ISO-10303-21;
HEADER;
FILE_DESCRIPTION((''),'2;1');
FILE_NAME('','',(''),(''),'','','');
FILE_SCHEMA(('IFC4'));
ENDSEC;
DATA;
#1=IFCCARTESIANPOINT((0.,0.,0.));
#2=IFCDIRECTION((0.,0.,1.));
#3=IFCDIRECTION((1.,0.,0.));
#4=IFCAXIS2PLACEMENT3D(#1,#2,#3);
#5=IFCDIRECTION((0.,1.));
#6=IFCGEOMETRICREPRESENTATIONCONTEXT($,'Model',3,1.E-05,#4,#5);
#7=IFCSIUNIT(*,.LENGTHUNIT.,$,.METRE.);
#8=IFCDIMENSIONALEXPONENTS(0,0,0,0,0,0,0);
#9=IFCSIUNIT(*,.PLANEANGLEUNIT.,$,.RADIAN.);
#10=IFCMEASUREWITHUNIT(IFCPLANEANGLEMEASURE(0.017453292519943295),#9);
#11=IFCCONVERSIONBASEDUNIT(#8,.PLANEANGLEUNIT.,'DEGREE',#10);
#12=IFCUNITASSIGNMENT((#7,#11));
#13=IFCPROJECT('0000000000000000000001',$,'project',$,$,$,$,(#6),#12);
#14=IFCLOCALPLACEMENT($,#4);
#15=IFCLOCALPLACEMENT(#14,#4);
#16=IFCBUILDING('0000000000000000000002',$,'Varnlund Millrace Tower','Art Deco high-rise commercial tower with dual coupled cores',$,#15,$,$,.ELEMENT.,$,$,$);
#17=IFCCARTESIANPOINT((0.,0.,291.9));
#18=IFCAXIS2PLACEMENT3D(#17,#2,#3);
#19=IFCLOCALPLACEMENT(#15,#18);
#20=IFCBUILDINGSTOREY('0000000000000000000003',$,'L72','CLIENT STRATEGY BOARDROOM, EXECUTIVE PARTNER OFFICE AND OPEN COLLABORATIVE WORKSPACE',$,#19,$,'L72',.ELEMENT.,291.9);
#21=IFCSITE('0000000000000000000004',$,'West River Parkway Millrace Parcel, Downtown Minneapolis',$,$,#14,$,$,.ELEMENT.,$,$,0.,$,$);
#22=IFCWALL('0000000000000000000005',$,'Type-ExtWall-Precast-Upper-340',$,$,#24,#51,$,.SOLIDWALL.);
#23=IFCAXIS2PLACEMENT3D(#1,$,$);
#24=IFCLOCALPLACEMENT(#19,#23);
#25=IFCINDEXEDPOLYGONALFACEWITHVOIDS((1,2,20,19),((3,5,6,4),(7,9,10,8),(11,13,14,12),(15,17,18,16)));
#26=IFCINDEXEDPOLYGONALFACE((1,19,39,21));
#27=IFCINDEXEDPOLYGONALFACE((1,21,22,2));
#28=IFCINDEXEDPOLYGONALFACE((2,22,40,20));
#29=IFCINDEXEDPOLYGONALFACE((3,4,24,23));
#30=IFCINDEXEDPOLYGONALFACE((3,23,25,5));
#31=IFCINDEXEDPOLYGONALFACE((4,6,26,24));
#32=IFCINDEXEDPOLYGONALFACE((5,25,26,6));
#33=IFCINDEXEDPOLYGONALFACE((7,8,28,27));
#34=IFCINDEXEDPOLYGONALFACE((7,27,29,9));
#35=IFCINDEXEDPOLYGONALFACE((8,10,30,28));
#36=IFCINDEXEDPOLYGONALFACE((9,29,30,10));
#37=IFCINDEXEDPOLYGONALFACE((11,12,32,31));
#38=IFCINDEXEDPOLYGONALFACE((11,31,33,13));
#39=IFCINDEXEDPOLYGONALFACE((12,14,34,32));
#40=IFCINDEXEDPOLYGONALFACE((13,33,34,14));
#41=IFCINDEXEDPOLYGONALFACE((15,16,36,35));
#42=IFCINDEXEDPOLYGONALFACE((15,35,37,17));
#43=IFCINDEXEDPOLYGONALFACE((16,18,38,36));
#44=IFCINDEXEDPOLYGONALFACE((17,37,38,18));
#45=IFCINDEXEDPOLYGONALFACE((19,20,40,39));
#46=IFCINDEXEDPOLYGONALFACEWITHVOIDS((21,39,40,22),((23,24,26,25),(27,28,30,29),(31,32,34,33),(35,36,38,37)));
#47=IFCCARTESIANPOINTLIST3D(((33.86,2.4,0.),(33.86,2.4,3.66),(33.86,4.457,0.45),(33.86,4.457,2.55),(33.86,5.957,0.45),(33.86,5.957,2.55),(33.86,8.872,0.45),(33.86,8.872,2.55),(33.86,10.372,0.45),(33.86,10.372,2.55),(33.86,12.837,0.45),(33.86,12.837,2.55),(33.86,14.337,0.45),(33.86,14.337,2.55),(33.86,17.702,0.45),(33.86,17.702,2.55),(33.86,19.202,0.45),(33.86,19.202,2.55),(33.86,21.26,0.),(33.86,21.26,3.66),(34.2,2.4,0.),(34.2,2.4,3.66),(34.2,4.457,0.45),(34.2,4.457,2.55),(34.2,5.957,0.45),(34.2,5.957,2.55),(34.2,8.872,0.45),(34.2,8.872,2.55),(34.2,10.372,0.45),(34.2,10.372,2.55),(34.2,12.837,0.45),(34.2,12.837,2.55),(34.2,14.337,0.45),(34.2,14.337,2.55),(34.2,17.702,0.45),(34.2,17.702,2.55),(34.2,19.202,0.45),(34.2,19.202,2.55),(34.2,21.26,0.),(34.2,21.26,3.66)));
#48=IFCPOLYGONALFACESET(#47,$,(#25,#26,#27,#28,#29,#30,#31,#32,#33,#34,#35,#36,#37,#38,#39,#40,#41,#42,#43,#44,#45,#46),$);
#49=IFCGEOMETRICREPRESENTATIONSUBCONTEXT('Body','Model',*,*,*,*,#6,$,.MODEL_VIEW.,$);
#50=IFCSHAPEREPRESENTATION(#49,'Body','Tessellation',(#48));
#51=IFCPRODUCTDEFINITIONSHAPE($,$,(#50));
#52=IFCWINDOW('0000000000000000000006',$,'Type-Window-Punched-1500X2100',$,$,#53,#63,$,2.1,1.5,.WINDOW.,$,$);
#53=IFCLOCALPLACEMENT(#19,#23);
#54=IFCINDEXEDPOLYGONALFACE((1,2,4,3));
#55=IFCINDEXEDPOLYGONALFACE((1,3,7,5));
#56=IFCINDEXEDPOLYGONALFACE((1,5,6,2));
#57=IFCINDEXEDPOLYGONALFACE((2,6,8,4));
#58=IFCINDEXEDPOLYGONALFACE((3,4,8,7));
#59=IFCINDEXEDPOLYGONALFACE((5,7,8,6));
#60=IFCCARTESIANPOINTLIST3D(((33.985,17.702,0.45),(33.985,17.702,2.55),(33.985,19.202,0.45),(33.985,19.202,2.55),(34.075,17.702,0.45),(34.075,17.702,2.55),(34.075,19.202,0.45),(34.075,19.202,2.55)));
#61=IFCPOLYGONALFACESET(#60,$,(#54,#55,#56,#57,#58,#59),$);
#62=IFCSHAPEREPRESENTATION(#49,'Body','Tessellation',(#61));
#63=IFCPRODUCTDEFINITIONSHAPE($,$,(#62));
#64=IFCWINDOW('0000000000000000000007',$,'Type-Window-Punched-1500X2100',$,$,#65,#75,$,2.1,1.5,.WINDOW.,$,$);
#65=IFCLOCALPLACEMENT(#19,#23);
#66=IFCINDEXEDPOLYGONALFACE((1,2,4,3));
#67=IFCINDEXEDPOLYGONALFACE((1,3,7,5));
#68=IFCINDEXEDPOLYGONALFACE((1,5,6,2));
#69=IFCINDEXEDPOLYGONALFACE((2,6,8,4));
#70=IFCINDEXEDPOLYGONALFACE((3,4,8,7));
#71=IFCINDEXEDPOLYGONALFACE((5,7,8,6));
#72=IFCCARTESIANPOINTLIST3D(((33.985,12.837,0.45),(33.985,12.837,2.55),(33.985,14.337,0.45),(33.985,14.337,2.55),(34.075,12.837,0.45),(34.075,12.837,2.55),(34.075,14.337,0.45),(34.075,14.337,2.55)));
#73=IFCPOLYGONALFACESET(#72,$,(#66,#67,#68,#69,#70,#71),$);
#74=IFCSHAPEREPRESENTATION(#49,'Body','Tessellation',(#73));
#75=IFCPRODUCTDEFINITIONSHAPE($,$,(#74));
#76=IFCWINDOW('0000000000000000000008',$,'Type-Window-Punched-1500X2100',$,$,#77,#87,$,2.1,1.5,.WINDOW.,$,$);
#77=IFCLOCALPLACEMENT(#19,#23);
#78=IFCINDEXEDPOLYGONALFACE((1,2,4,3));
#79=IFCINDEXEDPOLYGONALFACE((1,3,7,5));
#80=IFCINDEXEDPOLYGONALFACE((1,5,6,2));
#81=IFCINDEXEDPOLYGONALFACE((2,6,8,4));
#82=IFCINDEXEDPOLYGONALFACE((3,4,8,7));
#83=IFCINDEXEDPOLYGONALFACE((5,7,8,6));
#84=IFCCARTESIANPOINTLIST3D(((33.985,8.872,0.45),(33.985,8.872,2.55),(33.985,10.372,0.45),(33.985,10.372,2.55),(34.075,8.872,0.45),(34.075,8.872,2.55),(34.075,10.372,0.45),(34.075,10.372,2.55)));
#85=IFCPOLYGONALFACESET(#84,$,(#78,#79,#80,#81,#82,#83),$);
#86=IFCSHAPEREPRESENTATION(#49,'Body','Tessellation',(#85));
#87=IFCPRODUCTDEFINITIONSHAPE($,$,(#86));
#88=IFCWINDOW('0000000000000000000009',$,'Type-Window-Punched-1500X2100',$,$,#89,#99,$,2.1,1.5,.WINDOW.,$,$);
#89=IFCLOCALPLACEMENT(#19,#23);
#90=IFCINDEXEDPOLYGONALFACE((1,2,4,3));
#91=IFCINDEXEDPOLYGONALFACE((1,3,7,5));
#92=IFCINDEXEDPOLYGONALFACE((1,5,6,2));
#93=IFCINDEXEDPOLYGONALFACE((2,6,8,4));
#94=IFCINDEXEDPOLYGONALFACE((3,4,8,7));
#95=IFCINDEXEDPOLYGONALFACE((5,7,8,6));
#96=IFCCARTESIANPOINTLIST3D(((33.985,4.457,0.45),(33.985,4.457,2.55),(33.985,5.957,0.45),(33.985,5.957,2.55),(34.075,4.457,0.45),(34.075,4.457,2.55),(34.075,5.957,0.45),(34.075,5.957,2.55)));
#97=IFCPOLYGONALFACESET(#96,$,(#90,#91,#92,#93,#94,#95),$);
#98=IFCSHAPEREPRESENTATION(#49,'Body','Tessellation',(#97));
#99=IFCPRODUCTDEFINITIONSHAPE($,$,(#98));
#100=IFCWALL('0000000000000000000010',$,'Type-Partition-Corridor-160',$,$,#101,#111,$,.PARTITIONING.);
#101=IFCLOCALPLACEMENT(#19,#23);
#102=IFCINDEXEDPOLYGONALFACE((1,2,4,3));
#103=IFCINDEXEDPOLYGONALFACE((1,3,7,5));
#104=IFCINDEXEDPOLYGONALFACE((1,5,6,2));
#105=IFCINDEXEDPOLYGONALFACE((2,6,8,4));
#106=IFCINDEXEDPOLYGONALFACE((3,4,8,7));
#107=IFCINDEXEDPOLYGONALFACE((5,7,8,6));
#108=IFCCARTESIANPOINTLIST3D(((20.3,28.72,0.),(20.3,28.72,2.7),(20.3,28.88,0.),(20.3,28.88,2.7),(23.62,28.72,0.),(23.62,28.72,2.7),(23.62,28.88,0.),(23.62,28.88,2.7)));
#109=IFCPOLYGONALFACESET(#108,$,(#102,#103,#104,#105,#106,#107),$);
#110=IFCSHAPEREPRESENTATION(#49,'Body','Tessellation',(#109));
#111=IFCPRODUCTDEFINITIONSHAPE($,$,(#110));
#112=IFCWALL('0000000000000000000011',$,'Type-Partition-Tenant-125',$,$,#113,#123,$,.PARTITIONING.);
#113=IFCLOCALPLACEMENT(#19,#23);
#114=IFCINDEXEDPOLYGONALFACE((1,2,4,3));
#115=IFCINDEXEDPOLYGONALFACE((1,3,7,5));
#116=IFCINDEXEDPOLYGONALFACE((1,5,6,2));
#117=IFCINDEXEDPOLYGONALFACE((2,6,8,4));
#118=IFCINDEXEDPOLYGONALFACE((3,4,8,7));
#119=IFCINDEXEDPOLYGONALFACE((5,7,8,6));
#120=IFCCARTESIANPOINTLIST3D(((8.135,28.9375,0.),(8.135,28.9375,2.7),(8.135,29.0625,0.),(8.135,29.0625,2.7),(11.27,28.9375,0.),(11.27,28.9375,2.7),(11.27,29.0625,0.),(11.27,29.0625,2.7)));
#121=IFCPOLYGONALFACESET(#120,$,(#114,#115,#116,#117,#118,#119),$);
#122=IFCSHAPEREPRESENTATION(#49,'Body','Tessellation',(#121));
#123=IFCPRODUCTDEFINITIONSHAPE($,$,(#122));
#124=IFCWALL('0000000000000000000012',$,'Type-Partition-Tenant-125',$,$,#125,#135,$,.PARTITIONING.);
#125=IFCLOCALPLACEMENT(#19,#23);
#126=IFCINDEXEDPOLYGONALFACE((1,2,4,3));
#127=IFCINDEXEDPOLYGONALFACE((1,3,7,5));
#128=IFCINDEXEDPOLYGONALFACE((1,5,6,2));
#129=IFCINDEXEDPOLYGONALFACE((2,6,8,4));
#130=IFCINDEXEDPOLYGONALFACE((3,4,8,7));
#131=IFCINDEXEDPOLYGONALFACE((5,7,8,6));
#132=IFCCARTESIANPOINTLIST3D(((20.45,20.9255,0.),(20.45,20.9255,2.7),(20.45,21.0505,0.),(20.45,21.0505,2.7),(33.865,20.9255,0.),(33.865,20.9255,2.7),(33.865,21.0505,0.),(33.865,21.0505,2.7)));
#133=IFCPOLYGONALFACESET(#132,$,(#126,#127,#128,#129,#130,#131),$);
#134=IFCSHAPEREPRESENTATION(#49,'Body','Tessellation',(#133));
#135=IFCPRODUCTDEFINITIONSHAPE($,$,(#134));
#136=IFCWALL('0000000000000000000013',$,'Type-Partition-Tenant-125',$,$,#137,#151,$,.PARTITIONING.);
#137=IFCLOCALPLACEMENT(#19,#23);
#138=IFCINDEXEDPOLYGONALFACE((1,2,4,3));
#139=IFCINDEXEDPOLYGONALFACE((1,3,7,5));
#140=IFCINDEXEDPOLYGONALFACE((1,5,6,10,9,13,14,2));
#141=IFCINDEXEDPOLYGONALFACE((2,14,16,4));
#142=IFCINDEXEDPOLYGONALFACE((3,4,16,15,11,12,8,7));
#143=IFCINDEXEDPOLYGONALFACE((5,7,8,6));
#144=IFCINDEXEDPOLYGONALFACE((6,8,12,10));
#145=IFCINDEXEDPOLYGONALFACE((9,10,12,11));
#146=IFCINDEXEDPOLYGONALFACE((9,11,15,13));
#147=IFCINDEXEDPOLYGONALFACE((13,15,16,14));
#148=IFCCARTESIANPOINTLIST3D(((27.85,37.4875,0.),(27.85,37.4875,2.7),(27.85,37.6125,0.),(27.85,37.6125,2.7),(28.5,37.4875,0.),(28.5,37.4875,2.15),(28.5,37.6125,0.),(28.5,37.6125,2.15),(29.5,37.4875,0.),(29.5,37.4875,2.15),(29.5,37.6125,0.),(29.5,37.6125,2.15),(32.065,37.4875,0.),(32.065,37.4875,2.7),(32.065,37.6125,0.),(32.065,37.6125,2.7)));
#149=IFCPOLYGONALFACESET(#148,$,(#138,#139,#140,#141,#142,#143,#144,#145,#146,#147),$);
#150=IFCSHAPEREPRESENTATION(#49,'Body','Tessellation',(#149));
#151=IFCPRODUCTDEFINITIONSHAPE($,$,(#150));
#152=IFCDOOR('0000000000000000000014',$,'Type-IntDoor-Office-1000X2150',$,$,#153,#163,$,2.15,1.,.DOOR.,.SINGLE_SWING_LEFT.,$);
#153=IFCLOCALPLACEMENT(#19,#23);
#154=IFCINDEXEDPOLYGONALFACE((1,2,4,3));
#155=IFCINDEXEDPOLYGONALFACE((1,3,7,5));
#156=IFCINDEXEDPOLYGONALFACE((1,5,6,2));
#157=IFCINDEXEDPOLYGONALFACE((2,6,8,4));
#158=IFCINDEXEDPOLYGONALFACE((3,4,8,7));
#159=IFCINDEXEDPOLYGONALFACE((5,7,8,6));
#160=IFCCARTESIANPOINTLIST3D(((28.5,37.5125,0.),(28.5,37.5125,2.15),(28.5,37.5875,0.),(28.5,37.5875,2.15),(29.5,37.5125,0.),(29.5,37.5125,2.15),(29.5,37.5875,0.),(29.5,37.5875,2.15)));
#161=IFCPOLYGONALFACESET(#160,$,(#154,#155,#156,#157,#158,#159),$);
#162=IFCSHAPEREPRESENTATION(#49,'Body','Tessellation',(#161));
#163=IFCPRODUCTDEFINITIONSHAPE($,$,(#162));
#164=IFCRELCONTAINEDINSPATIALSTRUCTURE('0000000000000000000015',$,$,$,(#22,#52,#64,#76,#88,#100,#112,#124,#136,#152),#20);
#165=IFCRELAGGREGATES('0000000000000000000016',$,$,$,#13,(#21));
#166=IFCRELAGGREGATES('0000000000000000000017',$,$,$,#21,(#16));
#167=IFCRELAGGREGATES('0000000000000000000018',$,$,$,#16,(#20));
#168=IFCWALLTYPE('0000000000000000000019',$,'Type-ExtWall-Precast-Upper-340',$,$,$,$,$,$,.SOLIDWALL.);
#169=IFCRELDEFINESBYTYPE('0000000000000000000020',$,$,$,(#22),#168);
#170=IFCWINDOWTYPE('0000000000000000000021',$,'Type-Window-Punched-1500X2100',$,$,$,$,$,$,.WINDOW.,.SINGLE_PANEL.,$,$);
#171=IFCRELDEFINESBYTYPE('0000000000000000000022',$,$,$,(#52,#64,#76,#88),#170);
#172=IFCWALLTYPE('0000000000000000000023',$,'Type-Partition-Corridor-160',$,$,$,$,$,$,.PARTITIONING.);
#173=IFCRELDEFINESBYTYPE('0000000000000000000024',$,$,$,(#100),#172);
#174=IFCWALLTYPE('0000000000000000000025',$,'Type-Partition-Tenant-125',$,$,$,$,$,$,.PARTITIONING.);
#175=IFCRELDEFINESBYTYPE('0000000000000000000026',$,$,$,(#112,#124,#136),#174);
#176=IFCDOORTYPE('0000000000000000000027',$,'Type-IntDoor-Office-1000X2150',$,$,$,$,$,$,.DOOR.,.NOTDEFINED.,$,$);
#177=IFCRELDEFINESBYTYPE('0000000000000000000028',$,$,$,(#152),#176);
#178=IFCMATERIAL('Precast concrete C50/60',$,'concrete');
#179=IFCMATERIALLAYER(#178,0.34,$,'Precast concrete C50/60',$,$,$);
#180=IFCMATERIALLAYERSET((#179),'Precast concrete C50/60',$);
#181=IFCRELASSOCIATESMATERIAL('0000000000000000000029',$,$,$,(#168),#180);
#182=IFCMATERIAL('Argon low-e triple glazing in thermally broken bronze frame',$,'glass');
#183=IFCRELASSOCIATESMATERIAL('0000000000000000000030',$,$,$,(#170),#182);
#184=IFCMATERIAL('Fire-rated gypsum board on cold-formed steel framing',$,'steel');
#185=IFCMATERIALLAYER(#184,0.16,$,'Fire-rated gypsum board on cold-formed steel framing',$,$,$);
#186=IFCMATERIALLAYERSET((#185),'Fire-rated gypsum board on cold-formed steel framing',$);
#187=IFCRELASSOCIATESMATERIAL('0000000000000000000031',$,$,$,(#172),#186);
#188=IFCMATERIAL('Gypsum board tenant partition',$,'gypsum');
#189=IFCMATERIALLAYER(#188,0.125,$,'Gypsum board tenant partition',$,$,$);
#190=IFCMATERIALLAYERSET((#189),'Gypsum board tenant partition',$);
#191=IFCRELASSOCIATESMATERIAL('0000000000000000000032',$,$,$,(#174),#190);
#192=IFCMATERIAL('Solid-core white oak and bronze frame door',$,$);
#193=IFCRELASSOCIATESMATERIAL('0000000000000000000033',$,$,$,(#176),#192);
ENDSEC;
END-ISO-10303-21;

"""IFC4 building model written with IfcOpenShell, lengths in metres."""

from ifc_helpers import new_model, entity, si_unit, converted_unit, direction, frame, origin_with_axes, origin_2d_with_axis, place, context, subcontext, project, spatial, polyline, rectangle, outline, extrude, material, layer, layer_set, type_object, element, fill, save


model = new_model("IFC4")

# Units and contexts
model_context = context("Model", 3, precision=1e-05, world=origin_with_axes(), true_north=direction((0.0, 1.0)))
body_context = subcontext(model_context, "Body", "Model", "MODEL_VIEW")
ifc_project = project(units=[si_unit("LENGTHUNIT", "METRE"), converted_unit("PLANEANGLEUNIT", "DEGREE", entity("IfcPlaneAngleMeasure", 0.017453292519943295), si_unit("PLANEANGLEUNIT", "RADIAN"), dimensions=[0, 0, 0, 0, 0, 0, 0])], contexts=[model_context])

# Site, building, storey
site_placement = place(None, origin_with_axes())
site = spatial("IfcSite", under=ifc_project, at=site_placement, Name="West River Parkway Millrace Parcel, Downtown Minneapolis", CompositionType="ELEMENT", RefElevation=0.0)
building_placement = place(site_placement, origin_with_axes())
building = spatial("IfcBuilding", under=site, at=building_placement, Name="Varnlund Millrace Tower", Description="Art Deco high-rise commercial tower with dual coupled cores", CompositionType="ELEMENT")
storey_placement = place(building_placement, frame((0.0, 0.0, 291.9), z_axis=(0.0, 0.0, 1.0), x_axis=(1.0, 0.0, 0.0)))
storey = spatial("IfcBuildingStorey", under=building, at=storey_placement, Name="L72", Description="CLIENT STRATEGY BOARDROOM, EXECUTIVE PARTNER OFFICE AND OPEN COLLABORATIVE WORKSPACE", LongName="L72", CompositionType="ELEMENT", Elevation=291.9)

# Shared definitions
ifc_material_1 = material(Name="Precast concrete C50/60", Category="concrete")
ifc_layer_1 = layer(ifc_material_1, 0.34, Name="Precast concrete C50/60")
ifc_layer_set_1 = layer_set([ifc_layer_1], Name="Precast concrete C50/60")
wall_type_1 = type_object("IfcWallType", Name="Type-ExtWall-Precast-Upper-340", PredefinedType="SOLIDWALL", material=ifc_layer_set_1)

# Wall, openings, windows
wall_1_placement = place(storey_placement, frame((34.03, 21.26, 0.0), z_axis=(0.0, 0.0, 1.0), x_axis=(0.0, -1.0, 0.0)))
wall_1 = element("IfcWall", 1, at=wall_1_placement, inside=storey, type_object=wall_type_1, Name="Type-ExtWall-Precast-Upper-340", PredefinedType="SOLIDWALL", context=body_context, shape_type="SweptSolid", body=[
    extrude(outline(polyline([(0.0, -0.17), (18.86, -0.17), (18.86, 0.17), (0.0, 0.17), (0.0, -0.17)])), origin_with_axes(), (0.0, 0.0, 1.0), 3.66),
])
opening_1_placement = place(wall_1_placement, frame((2.808, 0.0, 0.45), z_axis=(0.0, 0.0, 1.0), x_axis=(1.0, 0.0, 0.0)))
opening_1 = element("IfcOpeningElement", 2, at=opening_1_placement, cuts=wall_1, PredefinedType="OPENING", context=body_context, shape_type="SweptSolid", body=[
    extrude(rectangle(XDim=1.5, YDim=0.36, at=origin_2d_with_axis()), origin_with_axes(), (0.0, 0.0, 1.0), 2.1),
])
opening_2_placement = place(wall_1_placement, frame((7.673, 0.0, 0.45), z_axis=(0.0, 0.0, 1.0), x_axis=(1.0, 0.0, 0.0)))
opening_2 = element("IfcOpeningElement", 3, at=opening_2_placement, cuts=wall_1, PredefinedType="OPENING", context=body_context, shape_type="SweptSolid", body=[
    extrude(rectangle(XDim=1.5, YDim=0.36, at=origin_2d_with_axis()), origin_with_axes(), (0.0, 0.0, 1.0), 2.1),
])
opening_3_placement = place(wall_1_placement, frame((11.638, 0.0, 0.45), z_axis=(0.0, 0.0, 1.0), x_axis=(1.0, 0.0, 0.0)))
opening_3 = element("IfcOpeningElement", 4, at=opening_3_placement, cuts=wall_1, PredefinedType="OPENING", context=body_context, shape_type="SweptSolid", body=[
    extrude(rectangle(XDim=1.5, YDim=0.36, at=origin_2d_with_axis()), origin_with_axes(), (0.0, 0.0, 1.0), 2.1),
])
opening_4_placement = place(wall_1_placement, frame((16.053, 0.0, 0.45), z_axis=(0.0, 0.0, 1.0), x_axis=(1.0, 0.0, 0.0)))
opening_4 = element("IfcOpeningElement", 5, at=opening_4_placement, cuts=wall_1, PredefinedType="OPENING", context=body_context, shape_type="SweptSolid", body=[
    extrude(rectangle(XDim=1.5, YDim=0.36, at=origin_2d_with_axis()), origin_with_axes(), (0.0, 0.0, 1.0), 2.1),
])
ifc_material_2 = material(Name="Argon low-e triple glazing in thermally broken bronze frame", Category="glass")
window_type = type_object("IfcWindowType", Name="Type-Window-Punched-1500X2100", PartitioningType="SINGLE_PANEL", PredefinedType="WINDOW", material=ifc_material_2)
window_1_placement = place(wall_1_placement, frame((2.808, 0.0, 0.45), z_axis=(0.0, 0.0, 1.0), x_axis=(1.0, 0.0, 0.0)))
window_1 = element("IfcWindow", 6, at=window_1_placement, inside=storey, type_object=window_type, Name="Type-Window-Punched-1500X2100", OverallHeight=2.1, OverallWidth=1.5, PredefinedType="WINDOW", context=body_context, shape_type="SweptSolid", body=[
    extrude(rectangle(XDim=1.5, YDim=0.09, at=origin_2d_with_axis()), origin_with_axes(), (0.0, 0.0, 1.0), 2.1),
])
fill(opening_1, window_1)
window_2_placement = place(wall_1_placement, frame((7.673, 0.0, 0.45), z_axis=(0.0, 0.0, 1.0), x_axis=(1.0, 0.0, 0.0)))
window_2 = element("IfcWindow", 7, at=window_2_placement, inside=storey, type_object=window_type, Name="Type-Window-Punched-1500X2100", OverallHeight=2.1, OverallWidth=1.5, PredefinedType="WINDOW", context=body_context, shape_type="SweptSolid", body=[
    extrude(rectangle(XDim=1.5, YDim=0.09, at=origin_2d_with_axis()), origin_with_axes(), (0.0, 0.0, 1.0), 2.1),
])
fill(opening_2, window_2)
window_3_placement = place(wall_1_placement, frame((11.638, 0.0, 0.45), z_axis=(0.0, 0.0, 1.0), x_axis=(1.0, 0.0, 0.0)))
window_3 = element("IfcWindow", 8, at=window_3_placement, inside=storey, type_object=window_type, Name="Type-Window-Punched-1500X2100", OverallHeight=2.1, OverallWidth=1.5, PredefinedType="WINDOW", context=body_context, shape_type="SweptSolid", body=[
    extrude(rectangle(XDim=1.5, YDim=0.09, at=origin_2d_with_axis()), origin_with_axes(), (0.0, 0.0, 1.0), 2.1),
])
fill(opening_3, window_3)
window_4_placement = place(wall_1_placement, frame((16.053, 0.0, 0.45), z_axis=(0.0, 0.0, 1.0), x_axis=(1.0, 0.0, 0.0)))
window_4 = element("IfcWindow", 9, at=window_4_placement, inside=storey, type_object=window_type, Name="Type-Window-Punched-1500X2100", OverallHeight=2.1, OverallWidth=1.5, PredefinedType="WINDOW", context=body_context, shape_type="SweptSolid", body=[
    extrude(rectangle(XDim=1.5, YDim=0.09, at=origin_2d_with_axis()), origin_with_axes(), (0.0, 0.0, 1.0), 2.1),
])
fill(opening_4, window_4)

# Walls
ifc_material_3 = material(Name="Fire-rated gypsum board on cold-formed steel framing", Category="steel")
ifc_layer_2 = layer(ifc_material_3, 0.16, Name="Fire-rated gypsum board on cold-formed steel framing")
ifc_layer_set_2 = layer_set([ifc_layer_2], Name="Fire-rated gypsum board on cold-formed steel framing")
wall_type_2 = type_object("IfcWallType", Name="Type-Partition-Corridor-160", PredefinedType="PARTITIONING", material=ifc_layer_set_2)
wall_2_placement = place(storey_placement, frame((20.3, 28.8, 0.0), z_axis=(0.0, 0.0, 1.0), x_axis=(1.0, 0.0, 0.0)))
element("IfcWall", 10, at=wall_2_placement, inside=storey, type_object=wall_type_2, Name="Type-Partition-Corridor-160", PredefinedType="PARTITIONING", context=body_context, shape_type="SweptSolid", body=[
    extrude(outline(polyline([(0.0, -0.08), (3.32, -0.08), (3.32, 0.08), (0.0, 0.08), (0.0, -0.08)])), origin_with_axes(), (0.0, 0.0, 1.0), 2.7),
])
ifc_material_4 = material(Name="Gypsum board tenant partition", Category="gypsum")
ifc_layer_3 = layer(ifc_material_4, 0.125, Name="Gypsum board tenant partition")
ifc_layer_set_3 = layer_set([ifc_layer_3], Name="Gypsum board tenant partition")
wall_type_3 = type_object("IfcWallType", Name="Type-Partition-Tenant-125", PredefinedType="PARTITIONING", material=ifc_layer_set_3)
wall_3_placement = place(storey_placement, frame((8.135, 29.0, 0.0), z_axis=(0.0, 0.0, 1.0), x_axis=(1.0, 0.0, 0.0)))
element("IfcWall", 11, at=wall_3_placement, inside=storey, type_object=wall_type_3, Name="Type-Partition-Tenant-125", PredefinedType="PARTITIONING", context=body_context, shape_type="SweptSolid", body=[
    extrude(outline(polyline([(0.0, -0.0625), (3.135, -0.0625), (3.135, 0.0625), (0.0, 0.0625), (0.0, -0.0625)])), origin_with_axes(), (0.0, 0.0, 1.0), 2.7),
])
wall_4_placement = place(storey_placement, frame((20.45, 20.988, 0.0), z_axis=(0.0, 0.0, 1.0), x_axis=(1.0, 0.0, 0.0)))
element("IfcWall", 12, at=wall_4_placement, inside=storey, type_object=wall_type_3, Name="Type-Partition-Tenant-125", PredefinedType="PARTITIONING", context=body_context, shape_type="SweptSolid", body=[
    extrude(outline(polyline([(0.0, -0.0625), (13.415, -0.0625), (13.415, 0.0625), (0.0, 0.0625), (0.0, -0.0625)])), origin_with_axes(), (0.0, 0.0, 1.0), 2.7),
])

# Wall, opening, door
wall_5_placement = place(storey_placement, frame((27.85, 37.55, 0.0), z_axis=(0.0, 0.0, 1.0), x_axis=(1.0, 0.0, 0.0)))
wall_5 = element("IfcWall", 13, at=wall_5_placement, inside=storey, type_object=wall_type_3, Name="Type-Partition-Tenant-125", PredefinedType="PARTITIONING", context=body_context, shape_type="SweptSolid", body=[
    extrude(outline(polyline([(0.0, -0.0625), (4.215, -0.0625), (4.215, 0.0625), (0.0, 0.0625), (0.0, -0.0625)])), origin_with_axes(), (0.0, 0.0, 1.0), 2.7),
])
opening_5_placement = place(wall_5_placement, frame((1.15, 0.0, 0.0), z_axis=(0.0, 0.0, 1.0), x_axis=(1.0, 0.0, 0.0)))
opening_5 = element("IfcOpeningElement", 14, at=opening_5_placement, cuts=wall_5, PredefinedType="OPENING", context=body_context, shape_type="SweptSolid", body=[
    extrude(rectangle(XDim=1.0, YDim=0.145, at=origin_2d_with_axis()), origin_with_axes(), (0.0, 0.0, 1.0), 2.15),
])
ifc_material_5 = material(Name="Solid-core white oak and bronze frame door")
door_type = type_object("IfcDoorType", Name="Type-IntDoor-Office-1000X2150", OperationType="NOTDEFINED", PredefinedType="DOOR", material=ifc_material_5)
door_placement = place(wall_5_placement, frame((1.15, 0.0, 0.0), z_axis=(0.0, 0.0, 1.0), x_axis=(1.0, 0.0, 0.0)))
door = element("IfcDoor", 15, at=door_placement, inside=storey, type_object=door_type, Name="Type-IntDoor-Office-1000X2150", OperationType="SINGLE_SWING_LEFT", OverallHeight=2.15, OverallWidth=1.0, PredefinedType="DOOR", context=body_context, shape_type="SweptSolid", body=[
    extrude(rectangle(XDim=1.0, YDim=0.075, at=origin_2d_with_axis()), origin_with_axes(), (0.0, 0.0, 1.0), 2.15),
])
fill(opening_5, door)

save(model, "model.ifc")
